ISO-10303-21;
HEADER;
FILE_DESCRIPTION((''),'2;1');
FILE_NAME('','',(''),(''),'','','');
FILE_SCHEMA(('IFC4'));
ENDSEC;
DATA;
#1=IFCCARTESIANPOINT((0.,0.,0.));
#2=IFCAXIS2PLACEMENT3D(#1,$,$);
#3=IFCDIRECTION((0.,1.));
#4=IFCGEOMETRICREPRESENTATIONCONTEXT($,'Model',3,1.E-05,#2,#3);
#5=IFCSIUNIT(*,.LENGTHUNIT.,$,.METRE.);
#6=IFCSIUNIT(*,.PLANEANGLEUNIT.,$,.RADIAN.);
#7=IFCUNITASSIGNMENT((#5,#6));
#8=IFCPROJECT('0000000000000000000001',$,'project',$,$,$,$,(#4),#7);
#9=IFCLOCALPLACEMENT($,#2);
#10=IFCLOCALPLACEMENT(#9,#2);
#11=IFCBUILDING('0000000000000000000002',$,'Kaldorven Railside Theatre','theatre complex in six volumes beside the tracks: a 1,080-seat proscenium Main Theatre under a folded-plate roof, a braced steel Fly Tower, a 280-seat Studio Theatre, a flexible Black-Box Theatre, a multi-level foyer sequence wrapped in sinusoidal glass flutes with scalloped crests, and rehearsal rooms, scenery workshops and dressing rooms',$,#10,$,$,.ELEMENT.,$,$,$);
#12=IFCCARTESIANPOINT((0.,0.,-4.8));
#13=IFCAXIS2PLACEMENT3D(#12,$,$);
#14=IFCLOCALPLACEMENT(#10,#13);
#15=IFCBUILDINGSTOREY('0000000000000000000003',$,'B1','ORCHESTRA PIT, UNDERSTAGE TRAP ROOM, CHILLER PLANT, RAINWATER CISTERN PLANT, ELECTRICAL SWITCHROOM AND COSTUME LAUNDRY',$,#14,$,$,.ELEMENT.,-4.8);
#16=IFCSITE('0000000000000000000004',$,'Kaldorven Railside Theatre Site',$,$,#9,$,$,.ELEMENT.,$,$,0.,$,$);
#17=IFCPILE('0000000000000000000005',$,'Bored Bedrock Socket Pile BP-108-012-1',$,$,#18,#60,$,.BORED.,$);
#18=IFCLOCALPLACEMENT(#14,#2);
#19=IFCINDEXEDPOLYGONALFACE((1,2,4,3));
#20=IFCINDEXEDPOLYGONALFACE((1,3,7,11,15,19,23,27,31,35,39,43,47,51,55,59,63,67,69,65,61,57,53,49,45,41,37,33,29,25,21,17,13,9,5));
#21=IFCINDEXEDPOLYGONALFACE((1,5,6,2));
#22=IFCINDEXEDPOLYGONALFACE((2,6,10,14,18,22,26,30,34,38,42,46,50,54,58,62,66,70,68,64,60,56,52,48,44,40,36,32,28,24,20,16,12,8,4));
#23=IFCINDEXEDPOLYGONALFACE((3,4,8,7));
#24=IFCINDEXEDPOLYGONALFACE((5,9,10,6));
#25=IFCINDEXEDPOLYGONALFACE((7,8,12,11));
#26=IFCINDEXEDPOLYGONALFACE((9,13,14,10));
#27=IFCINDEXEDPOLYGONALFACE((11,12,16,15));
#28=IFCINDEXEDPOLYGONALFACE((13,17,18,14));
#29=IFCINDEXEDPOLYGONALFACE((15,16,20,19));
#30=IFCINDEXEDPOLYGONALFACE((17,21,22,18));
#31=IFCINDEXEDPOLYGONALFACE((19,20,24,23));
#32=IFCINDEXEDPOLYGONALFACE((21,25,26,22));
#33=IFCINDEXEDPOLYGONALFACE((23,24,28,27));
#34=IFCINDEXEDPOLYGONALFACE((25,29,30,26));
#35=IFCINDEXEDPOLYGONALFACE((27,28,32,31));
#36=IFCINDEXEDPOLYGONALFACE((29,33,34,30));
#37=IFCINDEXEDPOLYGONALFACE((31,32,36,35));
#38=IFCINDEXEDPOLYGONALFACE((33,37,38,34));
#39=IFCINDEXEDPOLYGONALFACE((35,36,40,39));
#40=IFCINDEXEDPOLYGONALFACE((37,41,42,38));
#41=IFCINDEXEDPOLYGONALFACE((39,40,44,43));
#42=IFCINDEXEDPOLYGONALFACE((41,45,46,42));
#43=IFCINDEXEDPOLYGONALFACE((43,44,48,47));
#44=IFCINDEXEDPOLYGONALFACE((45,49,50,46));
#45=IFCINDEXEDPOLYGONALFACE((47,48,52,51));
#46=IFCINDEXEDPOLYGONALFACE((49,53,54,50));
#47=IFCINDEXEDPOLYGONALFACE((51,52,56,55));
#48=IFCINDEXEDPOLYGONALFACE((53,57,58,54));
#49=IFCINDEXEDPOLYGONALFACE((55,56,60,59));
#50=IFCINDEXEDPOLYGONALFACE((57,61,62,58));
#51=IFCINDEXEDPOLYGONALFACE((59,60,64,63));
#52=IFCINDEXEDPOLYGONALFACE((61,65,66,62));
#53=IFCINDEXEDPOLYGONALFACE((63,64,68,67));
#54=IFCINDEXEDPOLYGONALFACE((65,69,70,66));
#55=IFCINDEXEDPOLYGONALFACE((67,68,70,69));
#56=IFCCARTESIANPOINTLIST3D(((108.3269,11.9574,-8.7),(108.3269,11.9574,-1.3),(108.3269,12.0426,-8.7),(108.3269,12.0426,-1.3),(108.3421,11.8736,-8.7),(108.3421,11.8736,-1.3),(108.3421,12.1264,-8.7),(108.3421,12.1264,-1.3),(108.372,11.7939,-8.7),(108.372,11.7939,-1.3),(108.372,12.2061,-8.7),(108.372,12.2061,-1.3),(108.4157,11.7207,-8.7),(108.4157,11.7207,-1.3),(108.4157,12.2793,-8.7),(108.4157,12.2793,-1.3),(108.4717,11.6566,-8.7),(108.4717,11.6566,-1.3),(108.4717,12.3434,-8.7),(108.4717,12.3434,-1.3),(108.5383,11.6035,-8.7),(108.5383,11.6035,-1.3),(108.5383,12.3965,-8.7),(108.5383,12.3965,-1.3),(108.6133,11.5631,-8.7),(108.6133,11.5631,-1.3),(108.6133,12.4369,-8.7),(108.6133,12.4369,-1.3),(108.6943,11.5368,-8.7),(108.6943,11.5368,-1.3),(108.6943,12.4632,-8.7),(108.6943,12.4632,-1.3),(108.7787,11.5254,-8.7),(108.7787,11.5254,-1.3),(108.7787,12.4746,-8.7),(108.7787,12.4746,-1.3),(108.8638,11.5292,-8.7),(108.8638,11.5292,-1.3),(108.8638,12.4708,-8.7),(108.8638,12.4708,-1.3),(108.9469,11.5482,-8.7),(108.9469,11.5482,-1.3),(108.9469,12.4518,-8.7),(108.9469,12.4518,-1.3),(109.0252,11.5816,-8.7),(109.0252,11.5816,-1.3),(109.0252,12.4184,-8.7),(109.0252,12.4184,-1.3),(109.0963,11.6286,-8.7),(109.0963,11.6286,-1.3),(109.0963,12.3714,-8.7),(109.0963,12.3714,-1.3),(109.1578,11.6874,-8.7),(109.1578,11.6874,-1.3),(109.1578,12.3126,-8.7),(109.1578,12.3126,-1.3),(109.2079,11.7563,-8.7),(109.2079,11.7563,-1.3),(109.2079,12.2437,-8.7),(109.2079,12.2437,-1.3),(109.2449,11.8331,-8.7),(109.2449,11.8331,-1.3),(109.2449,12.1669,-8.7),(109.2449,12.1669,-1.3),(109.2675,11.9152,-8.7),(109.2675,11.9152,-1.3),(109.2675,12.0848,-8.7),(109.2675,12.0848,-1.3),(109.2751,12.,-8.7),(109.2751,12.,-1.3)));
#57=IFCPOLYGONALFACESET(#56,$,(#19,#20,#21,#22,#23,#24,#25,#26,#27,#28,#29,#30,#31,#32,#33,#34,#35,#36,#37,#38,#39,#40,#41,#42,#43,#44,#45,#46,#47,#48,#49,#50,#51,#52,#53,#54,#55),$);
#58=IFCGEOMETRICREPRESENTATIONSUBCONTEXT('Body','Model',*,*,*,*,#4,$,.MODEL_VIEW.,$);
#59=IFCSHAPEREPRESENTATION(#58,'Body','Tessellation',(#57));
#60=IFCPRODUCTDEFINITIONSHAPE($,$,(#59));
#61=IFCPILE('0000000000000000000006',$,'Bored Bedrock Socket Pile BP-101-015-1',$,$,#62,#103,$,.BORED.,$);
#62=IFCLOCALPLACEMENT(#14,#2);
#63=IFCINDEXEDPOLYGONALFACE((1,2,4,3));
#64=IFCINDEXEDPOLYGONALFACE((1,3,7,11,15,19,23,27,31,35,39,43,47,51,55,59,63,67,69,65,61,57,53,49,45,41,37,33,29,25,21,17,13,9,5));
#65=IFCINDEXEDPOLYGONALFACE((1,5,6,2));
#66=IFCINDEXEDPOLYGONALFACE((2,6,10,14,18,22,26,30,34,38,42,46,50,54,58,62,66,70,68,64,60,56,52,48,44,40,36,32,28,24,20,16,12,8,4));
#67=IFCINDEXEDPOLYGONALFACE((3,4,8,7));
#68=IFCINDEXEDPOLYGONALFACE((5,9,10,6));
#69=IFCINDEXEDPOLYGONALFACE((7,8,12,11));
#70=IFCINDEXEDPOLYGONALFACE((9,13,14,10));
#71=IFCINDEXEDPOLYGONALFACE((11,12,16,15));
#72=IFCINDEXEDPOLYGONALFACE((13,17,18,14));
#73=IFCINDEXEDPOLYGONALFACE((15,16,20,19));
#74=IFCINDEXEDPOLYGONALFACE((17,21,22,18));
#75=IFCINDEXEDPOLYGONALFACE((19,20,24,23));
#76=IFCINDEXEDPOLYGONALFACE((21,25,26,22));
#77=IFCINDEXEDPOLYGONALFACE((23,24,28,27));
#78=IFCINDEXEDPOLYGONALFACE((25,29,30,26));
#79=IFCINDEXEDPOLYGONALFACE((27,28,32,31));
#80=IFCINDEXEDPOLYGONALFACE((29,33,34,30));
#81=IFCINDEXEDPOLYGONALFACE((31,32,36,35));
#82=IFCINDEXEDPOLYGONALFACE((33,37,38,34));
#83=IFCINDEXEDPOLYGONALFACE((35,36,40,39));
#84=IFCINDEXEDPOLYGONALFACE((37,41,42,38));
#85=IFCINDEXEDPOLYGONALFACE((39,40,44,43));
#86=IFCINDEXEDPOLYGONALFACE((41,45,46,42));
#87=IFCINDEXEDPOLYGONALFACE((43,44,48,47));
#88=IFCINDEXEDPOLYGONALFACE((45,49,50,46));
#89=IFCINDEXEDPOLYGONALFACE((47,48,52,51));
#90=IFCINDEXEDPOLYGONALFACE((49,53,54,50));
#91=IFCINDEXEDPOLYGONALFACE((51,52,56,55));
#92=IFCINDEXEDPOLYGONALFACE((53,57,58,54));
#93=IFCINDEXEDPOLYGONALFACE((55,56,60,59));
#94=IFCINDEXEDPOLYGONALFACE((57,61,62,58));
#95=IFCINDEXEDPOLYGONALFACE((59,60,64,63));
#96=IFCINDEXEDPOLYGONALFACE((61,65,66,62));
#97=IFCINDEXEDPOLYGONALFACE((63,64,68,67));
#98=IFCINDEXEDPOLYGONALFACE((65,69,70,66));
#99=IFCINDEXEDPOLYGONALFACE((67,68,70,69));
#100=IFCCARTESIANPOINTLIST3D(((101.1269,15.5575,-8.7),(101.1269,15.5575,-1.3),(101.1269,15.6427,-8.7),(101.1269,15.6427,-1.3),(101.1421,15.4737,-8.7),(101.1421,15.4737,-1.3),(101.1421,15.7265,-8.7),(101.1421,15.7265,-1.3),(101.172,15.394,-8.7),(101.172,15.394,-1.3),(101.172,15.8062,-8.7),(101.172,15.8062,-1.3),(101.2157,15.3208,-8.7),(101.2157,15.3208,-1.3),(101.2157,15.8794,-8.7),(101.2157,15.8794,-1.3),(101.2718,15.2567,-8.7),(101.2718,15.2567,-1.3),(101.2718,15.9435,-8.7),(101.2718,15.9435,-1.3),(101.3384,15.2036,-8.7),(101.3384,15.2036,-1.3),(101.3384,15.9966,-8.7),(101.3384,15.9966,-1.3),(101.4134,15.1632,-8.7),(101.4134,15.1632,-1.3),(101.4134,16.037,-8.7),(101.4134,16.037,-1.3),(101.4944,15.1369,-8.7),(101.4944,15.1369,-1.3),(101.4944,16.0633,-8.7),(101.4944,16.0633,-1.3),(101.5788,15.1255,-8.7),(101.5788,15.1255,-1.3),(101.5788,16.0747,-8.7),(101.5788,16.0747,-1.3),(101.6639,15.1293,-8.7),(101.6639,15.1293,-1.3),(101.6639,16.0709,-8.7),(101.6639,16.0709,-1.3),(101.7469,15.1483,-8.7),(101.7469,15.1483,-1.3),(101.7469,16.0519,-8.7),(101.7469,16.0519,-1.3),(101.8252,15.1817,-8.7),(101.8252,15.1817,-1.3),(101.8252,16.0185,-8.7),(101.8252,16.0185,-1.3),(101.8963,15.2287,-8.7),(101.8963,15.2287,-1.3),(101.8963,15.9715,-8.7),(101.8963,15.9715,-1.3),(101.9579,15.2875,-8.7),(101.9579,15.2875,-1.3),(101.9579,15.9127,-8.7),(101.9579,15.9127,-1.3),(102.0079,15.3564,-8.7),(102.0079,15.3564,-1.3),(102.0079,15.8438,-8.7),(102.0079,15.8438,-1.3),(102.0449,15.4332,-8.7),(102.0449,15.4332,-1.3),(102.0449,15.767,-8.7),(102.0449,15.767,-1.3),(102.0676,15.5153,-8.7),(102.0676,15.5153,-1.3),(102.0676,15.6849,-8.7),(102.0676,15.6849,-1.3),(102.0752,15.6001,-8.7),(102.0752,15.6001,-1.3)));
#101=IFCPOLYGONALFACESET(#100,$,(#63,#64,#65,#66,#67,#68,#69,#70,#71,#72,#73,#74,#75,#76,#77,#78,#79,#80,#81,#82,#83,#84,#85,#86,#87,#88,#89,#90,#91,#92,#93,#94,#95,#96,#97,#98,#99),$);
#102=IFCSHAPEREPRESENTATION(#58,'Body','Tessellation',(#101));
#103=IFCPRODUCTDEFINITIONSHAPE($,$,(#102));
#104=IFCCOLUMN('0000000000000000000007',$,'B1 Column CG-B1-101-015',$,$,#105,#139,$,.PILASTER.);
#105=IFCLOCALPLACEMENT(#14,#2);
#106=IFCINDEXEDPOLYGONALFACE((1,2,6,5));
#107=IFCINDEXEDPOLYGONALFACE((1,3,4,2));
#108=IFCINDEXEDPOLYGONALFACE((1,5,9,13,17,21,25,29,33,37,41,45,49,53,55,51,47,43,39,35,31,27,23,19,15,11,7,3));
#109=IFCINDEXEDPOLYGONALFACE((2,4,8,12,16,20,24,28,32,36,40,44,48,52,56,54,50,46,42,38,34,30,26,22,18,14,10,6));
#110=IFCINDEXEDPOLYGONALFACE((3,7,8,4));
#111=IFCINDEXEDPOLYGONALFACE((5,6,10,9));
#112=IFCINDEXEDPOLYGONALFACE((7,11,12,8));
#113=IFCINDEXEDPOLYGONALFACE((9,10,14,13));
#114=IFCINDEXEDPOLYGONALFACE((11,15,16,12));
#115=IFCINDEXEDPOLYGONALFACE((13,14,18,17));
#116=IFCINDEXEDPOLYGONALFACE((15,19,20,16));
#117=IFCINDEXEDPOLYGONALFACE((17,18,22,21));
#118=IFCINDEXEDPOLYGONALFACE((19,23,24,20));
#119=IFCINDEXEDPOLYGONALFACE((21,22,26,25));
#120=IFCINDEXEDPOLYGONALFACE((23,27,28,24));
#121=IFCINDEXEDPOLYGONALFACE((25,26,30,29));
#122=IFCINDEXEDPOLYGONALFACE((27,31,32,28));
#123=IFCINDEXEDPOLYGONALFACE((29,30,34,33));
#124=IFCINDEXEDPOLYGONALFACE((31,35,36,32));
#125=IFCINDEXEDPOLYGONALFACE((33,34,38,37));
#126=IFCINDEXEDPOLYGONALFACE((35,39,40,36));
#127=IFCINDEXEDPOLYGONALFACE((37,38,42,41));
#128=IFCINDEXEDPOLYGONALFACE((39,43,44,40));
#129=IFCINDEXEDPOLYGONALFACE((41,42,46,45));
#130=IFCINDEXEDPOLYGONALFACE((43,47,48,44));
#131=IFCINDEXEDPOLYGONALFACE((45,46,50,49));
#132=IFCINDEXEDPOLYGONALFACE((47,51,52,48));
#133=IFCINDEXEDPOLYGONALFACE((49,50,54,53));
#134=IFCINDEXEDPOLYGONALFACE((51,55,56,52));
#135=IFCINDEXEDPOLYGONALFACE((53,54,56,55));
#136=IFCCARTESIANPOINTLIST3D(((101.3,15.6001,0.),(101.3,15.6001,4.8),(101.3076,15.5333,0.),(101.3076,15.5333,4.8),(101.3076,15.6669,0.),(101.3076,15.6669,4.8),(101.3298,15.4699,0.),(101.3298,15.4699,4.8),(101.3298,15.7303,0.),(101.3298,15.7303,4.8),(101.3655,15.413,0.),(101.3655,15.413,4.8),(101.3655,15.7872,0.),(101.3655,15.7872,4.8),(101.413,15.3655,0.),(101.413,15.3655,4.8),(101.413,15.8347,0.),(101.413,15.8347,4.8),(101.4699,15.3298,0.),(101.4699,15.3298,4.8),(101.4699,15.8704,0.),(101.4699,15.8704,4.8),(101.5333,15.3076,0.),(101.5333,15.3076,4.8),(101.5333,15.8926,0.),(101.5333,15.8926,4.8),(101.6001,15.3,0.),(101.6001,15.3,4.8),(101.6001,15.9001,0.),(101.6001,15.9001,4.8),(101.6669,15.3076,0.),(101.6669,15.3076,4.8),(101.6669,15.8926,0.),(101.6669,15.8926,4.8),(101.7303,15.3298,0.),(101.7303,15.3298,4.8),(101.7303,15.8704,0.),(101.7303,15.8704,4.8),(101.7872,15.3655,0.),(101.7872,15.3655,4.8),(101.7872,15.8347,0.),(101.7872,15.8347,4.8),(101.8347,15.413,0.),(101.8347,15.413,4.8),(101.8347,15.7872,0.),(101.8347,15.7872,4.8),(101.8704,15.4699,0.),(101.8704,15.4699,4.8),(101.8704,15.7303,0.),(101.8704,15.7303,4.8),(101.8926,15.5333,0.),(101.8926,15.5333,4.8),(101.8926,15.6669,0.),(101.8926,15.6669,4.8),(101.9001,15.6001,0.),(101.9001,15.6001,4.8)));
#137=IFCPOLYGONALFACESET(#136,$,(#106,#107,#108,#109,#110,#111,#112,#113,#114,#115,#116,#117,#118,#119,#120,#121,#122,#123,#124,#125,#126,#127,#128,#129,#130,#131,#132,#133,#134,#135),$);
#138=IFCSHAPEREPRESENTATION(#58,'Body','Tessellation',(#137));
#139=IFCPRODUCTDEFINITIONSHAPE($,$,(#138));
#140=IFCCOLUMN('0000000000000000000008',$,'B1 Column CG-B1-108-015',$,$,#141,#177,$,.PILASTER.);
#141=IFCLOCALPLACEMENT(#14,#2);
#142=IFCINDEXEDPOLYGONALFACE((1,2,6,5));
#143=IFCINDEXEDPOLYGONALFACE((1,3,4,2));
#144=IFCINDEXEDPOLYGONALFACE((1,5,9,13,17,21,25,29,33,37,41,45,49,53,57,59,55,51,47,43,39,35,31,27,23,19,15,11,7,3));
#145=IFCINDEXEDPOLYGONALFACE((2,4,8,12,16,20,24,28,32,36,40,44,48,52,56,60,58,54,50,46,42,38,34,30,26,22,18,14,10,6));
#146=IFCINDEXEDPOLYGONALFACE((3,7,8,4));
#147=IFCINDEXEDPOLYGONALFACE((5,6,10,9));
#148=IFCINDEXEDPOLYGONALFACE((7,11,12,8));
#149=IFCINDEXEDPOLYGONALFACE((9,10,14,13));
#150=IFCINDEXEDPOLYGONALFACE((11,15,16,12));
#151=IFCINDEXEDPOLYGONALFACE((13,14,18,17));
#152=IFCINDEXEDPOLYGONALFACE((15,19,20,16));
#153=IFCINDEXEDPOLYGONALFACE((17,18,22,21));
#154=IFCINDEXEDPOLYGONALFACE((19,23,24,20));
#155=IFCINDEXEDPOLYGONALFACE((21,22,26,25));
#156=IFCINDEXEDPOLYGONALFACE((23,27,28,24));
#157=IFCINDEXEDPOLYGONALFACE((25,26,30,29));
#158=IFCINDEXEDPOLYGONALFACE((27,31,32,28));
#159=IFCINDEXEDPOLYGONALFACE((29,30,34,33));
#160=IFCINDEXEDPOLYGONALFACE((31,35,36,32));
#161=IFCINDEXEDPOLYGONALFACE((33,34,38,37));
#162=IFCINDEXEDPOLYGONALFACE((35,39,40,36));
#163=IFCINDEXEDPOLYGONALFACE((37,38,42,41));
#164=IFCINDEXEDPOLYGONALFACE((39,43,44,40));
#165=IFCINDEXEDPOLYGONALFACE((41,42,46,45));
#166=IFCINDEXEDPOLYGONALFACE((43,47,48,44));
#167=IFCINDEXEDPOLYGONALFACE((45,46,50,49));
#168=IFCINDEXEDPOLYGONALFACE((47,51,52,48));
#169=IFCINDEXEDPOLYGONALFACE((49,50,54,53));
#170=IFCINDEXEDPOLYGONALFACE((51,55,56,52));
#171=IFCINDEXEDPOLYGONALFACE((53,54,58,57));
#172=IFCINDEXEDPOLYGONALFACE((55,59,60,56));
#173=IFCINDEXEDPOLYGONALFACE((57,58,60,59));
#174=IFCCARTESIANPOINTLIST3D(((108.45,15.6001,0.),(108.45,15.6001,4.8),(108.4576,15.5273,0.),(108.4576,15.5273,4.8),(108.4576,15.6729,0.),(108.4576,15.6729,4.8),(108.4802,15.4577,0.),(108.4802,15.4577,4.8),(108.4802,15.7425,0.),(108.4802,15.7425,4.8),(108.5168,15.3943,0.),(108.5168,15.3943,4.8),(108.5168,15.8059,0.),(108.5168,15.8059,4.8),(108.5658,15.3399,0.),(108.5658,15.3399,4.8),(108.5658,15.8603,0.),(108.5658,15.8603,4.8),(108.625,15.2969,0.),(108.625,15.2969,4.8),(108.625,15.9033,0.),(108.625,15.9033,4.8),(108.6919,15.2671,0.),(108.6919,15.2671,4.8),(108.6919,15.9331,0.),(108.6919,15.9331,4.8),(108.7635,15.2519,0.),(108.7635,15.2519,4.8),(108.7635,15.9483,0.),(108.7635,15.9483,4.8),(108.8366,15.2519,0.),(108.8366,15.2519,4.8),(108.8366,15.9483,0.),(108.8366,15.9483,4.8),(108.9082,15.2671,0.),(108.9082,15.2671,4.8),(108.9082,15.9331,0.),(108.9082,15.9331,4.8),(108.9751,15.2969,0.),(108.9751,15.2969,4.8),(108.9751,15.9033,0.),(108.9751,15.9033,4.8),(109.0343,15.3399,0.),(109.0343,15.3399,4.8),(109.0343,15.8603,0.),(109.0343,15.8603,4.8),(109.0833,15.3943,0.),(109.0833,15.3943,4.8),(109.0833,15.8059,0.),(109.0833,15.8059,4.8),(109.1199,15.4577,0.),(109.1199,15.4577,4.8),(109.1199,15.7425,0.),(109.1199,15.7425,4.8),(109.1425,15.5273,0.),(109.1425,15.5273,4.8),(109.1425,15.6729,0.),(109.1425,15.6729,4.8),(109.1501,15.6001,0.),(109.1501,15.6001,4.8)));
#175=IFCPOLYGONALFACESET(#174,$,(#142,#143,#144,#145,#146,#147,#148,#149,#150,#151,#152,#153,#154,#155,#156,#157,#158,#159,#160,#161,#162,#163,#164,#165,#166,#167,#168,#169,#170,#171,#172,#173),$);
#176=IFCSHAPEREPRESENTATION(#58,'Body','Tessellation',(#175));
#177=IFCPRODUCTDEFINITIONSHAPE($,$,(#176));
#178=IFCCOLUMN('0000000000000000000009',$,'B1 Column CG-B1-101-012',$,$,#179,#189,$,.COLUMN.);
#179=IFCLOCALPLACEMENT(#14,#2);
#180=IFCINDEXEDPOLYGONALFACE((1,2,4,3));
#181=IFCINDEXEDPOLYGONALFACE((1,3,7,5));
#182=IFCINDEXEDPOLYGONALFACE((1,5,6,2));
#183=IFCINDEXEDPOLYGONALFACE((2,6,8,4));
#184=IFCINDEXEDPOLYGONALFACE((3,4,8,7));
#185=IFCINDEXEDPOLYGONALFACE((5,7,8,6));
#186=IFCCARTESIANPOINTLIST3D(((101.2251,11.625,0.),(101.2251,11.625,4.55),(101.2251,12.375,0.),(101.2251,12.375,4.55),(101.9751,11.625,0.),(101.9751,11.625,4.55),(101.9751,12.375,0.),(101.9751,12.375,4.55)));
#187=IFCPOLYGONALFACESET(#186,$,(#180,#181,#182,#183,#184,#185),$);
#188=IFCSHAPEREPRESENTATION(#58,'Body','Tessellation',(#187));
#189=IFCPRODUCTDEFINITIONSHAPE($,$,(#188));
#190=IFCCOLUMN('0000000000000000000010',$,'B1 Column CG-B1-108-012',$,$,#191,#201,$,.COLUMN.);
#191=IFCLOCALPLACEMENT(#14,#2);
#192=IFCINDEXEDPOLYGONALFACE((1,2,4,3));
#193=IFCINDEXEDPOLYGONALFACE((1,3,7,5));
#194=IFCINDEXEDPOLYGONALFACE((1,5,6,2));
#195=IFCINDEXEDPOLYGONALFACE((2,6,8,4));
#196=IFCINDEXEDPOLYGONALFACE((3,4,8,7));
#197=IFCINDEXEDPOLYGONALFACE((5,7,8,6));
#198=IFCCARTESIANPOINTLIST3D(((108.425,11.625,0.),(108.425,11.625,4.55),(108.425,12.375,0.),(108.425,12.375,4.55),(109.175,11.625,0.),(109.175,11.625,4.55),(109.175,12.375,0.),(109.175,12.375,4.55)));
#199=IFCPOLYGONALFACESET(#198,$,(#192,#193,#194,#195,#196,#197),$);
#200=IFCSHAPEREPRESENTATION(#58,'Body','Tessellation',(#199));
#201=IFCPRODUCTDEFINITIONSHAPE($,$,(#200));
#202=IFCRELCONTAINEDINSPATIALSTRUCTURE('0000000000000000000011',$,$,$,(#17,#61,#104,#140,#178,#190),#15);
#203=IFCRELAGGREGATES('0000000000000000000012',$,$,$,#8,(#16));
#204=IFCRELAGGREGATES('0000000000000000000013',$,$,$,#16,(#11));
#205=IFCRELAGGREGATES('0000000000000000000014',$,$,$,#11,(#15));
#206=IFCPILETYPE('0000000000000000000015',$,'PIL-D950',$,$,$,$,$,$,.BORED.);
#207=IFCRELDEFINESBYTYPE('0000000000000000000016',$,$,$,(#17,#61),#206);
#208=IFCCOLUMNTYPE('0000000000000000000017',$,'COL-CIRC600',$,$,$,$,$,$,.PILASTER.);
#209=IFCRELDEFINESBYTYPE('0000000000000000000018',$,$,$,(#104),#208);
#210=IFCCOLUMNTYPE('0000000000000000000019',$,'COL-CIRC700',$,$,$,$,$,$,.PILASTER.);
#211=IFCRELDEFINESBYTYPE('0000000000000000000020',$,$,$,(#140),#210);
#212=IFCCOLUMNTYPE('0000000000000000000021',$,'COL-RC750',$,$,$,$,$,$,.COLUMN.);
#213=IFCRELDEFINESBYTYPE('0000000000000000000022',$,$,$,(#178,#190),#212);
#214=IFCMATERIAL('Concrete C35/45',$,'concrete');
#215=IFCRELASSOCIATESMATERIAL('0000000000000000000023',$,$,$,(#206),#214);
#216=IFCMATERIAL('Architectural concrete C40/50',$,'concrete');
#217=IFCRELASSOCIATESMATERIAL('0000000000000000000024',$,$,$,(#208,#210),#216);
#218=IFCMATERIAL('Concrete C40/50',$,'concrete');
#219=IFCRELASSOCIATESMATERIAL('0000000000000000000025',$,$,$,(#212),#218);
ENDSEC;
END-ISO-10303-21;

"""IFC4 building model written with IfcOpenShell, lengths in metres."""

from ifc_helpers import new_model, si_unit, direction, frame, origin, origin_2d, place, context, subcontext, project, spatial, rectangle, circle, extrude, material, material_profile, profile_set, type_object, element, save


model = new_model("IFC4")

# Units and contexts
model_context = context("Model", 3, precision=1e-05, world=origin(), true_north=direction((0.0, 1.0)))
body_context = subcontext(model_context, "Body", "Model", "MODEL_VIEW")
ifc_project = project(units=[si_unit("LENGTHUNIT", "METRE"), si_unit("PLANEANGLEUNIT", "RADIAN")], contexts=[model_context])

# Site, building, storey
site_placement = place(None, origin())
site = spatial("IfcSite", under=ifc_project, at=site_placement, Name="Kaldorven Railside Theatre Site", CompositionType="ELEMENT", RefElevation=0.0)
building_placement = place(site_placement, origin())
building = spatial("IfcBuilding", under=site, at=building_placement, Name="Kaldorven Railside Theatre", Description="theatre complex in six volumes beside the tracks: a 1,080-seat proscenium Main Theatre under a folded-plate roof, a braced steel Fly Tower, a 280-seat Studio Theatre, a flexible Black-Box Theatre, a multi-level foyer sequence wrapped in sinusoidal glass flutes with scalloped crests, and rehearsal rooms, scenery workshops and dressing rooms", CompositionType="ELEMENT")
storey_placement = place(building_placement, frame((0.0, 0.0, -4.8)))
storey = spatial("IfcBuildingStorey", under=building, at=storey_placement, Name="B1", Description="ORCHESTRA PIT, UNDERSTAGE TRAP ROOM, CHILLER PLANT, RAINWATER CISTERN PLANT, ELECTRICAL SWITCHROOM AND COSTUME LAUNDRY", CompositionType="ELEMENT", Elevation=-4.8)

# Shared definitions
ifc_material_1 = material(Name="Concrete C40/50", Category="concrete")

# Piles
ifc_material_2 = material(Name="Concrete C35/45", Category="concrete")
ifc_material_profile_1 = material_profile(ifc_material_2, circle(Radius=0.4751, at=origin_2d()), Name="BP D950")
ifc_profile_set_1 = profile_set([ifc_material_profile_1], Name="Concrete C35/45")
pile_type_1 = type_object("IfcPileType", Name="PIL-D950", PredefinedType="BORED", material=ifc_profile_set_1)
for number, where, z_axis, x_axis, name in (
    (1, (108.8, 12.0, -1.3), (0.0, 0.0, -1.0), (1.0, 0.0, 0.0), "Bored Bedrock Socket Pile BP-108-012-1"),
    (2, (101.6001, 15.6001, -1.3), (0.0, 0.0, -1.0), (1.0, 0.0, 0.0), "Bored Bedrock Socket Pile BP-101-015-1"),
):
    element("IfcPile", number, at=place(storey_placement, frame(where, z_axis=z_axis, x_axis=x_axis)), inside=storey, type_object=pile_type_1, Name=name, PredefinedType="BORED", context=body_context, shape_type="SweptSolid", body=[
        extrude(circle(Radius=0.4751, at=origin_2d()), origin(), (0.0, 0.0, 1.0), 7.3999),
    ])

# Columns
ifc_material_3 = material(Name="Architectural concrete C40/50", Category="concrete")
ifc_material_profile_2 = material_profile(ifc_material_3, circle(Radius=0.3, at=origin_2d()), Name="RC D600")
ifc_profile_set_2 = profile_set([ifc_material_profile_2], Name="Architectural concrete C40/50")
column_type_1 = type_object("IfcColumnType", Name="COL-CIRC600", PredefinedType="PILASTER", material=ifc_profile_set_2)
column_1_placement = place(storey_placement, frame((101.6001, 15.6001, 0.0), z_axis=(0.0, 0.0, 1.0), x_axis=(1.0, 0.0, 0.0)))
element("IfcColumn", 3, at=column_1_placement, inside=storey, type_object=column_type_1, Name="B1 Column CG-B1-101-015", PredefinedType="PILASTER", context=body_context, shape_type="SweptSolid", body=[
    extrude(circle(Radius=0.3, at=origin_2d()), origin(), (0.0, 0.0, 1.0), 4.8),
])
ifc_material_profile_3 = material_profile(ifc_material_3, circle(Radius=0.3501, at=origin_2d()), Name="RC D700")
ifc_profile_set_3 = profile_set([ifc_material_profile_3], Name="Architectural concrete C40/50")
column_type_2 = type_object("IfcColumnType", Name="COL-CIRC700", PredefinedType="PILASTER", material=ifc_profile_set_3)
column_2_placement = place(storey_placement, frame((108.8, 15.6001, 0.0), z_axis=(0.0, 0.0, 1.0), x_axis=(1.0, 0.0, 0.0)))
element("IfcColumn", 4, at=column_2_placement, inside=storey, type_object=column_type_2, Name="B1 Column CG-B1-108-015", PredefinedType="PILASTER", context=body_context, shape_type="SweptSolid", body=[
    extrude(circle(Radius=0.3501, at=origin_2d()), origin(), (0.0, 0.0, 1.0), 4.8),
])
ifc_material_profile_4 = material_profile(ifc_material_1, rectangle(XDim=0.75, YDim=0.75, at=origin_2d()), Name="RC 750x750")
ifc_profile_set_4 = profile_set([ifc_material_profile_4], Name="Concrete C40/50")
column_type_3 = type_object("IfcColumnType", Name="COL-RC750", PredefinedType="COLUMN", material=ifc_profile_set_4)
for number, where, z_axis, x_axis, name in (
    (5, (101.6001, 12.0, 0.0), (0.0, 0.0, 1.0), (1.0, 0.0, 0.0), "B1 Column CG-B1-101-012"),
    (6, (108.8, 12.0, 0.0), (0.0, 0.0, 1.0), (1.0, 0.0, 0.0), "B1 Column CG-B1-108-012"),
):
    element("IfcColumn", number, at=place(storey_placement, frame(where, z_axis=z_axis, x_axis=x_axis)), inside=storey, type_object=column_type_3, Name=name, PredefinedType="COLUMN", context=body_context, shape_type="SweptSolid", body=[
        extrude(rectangle(XDim=0.75, YDim=0.75, at=origin_2d()), origin(), (0.0, 0.0, 1.0), 4.55),
    ])

save(model, "model.ifc")
